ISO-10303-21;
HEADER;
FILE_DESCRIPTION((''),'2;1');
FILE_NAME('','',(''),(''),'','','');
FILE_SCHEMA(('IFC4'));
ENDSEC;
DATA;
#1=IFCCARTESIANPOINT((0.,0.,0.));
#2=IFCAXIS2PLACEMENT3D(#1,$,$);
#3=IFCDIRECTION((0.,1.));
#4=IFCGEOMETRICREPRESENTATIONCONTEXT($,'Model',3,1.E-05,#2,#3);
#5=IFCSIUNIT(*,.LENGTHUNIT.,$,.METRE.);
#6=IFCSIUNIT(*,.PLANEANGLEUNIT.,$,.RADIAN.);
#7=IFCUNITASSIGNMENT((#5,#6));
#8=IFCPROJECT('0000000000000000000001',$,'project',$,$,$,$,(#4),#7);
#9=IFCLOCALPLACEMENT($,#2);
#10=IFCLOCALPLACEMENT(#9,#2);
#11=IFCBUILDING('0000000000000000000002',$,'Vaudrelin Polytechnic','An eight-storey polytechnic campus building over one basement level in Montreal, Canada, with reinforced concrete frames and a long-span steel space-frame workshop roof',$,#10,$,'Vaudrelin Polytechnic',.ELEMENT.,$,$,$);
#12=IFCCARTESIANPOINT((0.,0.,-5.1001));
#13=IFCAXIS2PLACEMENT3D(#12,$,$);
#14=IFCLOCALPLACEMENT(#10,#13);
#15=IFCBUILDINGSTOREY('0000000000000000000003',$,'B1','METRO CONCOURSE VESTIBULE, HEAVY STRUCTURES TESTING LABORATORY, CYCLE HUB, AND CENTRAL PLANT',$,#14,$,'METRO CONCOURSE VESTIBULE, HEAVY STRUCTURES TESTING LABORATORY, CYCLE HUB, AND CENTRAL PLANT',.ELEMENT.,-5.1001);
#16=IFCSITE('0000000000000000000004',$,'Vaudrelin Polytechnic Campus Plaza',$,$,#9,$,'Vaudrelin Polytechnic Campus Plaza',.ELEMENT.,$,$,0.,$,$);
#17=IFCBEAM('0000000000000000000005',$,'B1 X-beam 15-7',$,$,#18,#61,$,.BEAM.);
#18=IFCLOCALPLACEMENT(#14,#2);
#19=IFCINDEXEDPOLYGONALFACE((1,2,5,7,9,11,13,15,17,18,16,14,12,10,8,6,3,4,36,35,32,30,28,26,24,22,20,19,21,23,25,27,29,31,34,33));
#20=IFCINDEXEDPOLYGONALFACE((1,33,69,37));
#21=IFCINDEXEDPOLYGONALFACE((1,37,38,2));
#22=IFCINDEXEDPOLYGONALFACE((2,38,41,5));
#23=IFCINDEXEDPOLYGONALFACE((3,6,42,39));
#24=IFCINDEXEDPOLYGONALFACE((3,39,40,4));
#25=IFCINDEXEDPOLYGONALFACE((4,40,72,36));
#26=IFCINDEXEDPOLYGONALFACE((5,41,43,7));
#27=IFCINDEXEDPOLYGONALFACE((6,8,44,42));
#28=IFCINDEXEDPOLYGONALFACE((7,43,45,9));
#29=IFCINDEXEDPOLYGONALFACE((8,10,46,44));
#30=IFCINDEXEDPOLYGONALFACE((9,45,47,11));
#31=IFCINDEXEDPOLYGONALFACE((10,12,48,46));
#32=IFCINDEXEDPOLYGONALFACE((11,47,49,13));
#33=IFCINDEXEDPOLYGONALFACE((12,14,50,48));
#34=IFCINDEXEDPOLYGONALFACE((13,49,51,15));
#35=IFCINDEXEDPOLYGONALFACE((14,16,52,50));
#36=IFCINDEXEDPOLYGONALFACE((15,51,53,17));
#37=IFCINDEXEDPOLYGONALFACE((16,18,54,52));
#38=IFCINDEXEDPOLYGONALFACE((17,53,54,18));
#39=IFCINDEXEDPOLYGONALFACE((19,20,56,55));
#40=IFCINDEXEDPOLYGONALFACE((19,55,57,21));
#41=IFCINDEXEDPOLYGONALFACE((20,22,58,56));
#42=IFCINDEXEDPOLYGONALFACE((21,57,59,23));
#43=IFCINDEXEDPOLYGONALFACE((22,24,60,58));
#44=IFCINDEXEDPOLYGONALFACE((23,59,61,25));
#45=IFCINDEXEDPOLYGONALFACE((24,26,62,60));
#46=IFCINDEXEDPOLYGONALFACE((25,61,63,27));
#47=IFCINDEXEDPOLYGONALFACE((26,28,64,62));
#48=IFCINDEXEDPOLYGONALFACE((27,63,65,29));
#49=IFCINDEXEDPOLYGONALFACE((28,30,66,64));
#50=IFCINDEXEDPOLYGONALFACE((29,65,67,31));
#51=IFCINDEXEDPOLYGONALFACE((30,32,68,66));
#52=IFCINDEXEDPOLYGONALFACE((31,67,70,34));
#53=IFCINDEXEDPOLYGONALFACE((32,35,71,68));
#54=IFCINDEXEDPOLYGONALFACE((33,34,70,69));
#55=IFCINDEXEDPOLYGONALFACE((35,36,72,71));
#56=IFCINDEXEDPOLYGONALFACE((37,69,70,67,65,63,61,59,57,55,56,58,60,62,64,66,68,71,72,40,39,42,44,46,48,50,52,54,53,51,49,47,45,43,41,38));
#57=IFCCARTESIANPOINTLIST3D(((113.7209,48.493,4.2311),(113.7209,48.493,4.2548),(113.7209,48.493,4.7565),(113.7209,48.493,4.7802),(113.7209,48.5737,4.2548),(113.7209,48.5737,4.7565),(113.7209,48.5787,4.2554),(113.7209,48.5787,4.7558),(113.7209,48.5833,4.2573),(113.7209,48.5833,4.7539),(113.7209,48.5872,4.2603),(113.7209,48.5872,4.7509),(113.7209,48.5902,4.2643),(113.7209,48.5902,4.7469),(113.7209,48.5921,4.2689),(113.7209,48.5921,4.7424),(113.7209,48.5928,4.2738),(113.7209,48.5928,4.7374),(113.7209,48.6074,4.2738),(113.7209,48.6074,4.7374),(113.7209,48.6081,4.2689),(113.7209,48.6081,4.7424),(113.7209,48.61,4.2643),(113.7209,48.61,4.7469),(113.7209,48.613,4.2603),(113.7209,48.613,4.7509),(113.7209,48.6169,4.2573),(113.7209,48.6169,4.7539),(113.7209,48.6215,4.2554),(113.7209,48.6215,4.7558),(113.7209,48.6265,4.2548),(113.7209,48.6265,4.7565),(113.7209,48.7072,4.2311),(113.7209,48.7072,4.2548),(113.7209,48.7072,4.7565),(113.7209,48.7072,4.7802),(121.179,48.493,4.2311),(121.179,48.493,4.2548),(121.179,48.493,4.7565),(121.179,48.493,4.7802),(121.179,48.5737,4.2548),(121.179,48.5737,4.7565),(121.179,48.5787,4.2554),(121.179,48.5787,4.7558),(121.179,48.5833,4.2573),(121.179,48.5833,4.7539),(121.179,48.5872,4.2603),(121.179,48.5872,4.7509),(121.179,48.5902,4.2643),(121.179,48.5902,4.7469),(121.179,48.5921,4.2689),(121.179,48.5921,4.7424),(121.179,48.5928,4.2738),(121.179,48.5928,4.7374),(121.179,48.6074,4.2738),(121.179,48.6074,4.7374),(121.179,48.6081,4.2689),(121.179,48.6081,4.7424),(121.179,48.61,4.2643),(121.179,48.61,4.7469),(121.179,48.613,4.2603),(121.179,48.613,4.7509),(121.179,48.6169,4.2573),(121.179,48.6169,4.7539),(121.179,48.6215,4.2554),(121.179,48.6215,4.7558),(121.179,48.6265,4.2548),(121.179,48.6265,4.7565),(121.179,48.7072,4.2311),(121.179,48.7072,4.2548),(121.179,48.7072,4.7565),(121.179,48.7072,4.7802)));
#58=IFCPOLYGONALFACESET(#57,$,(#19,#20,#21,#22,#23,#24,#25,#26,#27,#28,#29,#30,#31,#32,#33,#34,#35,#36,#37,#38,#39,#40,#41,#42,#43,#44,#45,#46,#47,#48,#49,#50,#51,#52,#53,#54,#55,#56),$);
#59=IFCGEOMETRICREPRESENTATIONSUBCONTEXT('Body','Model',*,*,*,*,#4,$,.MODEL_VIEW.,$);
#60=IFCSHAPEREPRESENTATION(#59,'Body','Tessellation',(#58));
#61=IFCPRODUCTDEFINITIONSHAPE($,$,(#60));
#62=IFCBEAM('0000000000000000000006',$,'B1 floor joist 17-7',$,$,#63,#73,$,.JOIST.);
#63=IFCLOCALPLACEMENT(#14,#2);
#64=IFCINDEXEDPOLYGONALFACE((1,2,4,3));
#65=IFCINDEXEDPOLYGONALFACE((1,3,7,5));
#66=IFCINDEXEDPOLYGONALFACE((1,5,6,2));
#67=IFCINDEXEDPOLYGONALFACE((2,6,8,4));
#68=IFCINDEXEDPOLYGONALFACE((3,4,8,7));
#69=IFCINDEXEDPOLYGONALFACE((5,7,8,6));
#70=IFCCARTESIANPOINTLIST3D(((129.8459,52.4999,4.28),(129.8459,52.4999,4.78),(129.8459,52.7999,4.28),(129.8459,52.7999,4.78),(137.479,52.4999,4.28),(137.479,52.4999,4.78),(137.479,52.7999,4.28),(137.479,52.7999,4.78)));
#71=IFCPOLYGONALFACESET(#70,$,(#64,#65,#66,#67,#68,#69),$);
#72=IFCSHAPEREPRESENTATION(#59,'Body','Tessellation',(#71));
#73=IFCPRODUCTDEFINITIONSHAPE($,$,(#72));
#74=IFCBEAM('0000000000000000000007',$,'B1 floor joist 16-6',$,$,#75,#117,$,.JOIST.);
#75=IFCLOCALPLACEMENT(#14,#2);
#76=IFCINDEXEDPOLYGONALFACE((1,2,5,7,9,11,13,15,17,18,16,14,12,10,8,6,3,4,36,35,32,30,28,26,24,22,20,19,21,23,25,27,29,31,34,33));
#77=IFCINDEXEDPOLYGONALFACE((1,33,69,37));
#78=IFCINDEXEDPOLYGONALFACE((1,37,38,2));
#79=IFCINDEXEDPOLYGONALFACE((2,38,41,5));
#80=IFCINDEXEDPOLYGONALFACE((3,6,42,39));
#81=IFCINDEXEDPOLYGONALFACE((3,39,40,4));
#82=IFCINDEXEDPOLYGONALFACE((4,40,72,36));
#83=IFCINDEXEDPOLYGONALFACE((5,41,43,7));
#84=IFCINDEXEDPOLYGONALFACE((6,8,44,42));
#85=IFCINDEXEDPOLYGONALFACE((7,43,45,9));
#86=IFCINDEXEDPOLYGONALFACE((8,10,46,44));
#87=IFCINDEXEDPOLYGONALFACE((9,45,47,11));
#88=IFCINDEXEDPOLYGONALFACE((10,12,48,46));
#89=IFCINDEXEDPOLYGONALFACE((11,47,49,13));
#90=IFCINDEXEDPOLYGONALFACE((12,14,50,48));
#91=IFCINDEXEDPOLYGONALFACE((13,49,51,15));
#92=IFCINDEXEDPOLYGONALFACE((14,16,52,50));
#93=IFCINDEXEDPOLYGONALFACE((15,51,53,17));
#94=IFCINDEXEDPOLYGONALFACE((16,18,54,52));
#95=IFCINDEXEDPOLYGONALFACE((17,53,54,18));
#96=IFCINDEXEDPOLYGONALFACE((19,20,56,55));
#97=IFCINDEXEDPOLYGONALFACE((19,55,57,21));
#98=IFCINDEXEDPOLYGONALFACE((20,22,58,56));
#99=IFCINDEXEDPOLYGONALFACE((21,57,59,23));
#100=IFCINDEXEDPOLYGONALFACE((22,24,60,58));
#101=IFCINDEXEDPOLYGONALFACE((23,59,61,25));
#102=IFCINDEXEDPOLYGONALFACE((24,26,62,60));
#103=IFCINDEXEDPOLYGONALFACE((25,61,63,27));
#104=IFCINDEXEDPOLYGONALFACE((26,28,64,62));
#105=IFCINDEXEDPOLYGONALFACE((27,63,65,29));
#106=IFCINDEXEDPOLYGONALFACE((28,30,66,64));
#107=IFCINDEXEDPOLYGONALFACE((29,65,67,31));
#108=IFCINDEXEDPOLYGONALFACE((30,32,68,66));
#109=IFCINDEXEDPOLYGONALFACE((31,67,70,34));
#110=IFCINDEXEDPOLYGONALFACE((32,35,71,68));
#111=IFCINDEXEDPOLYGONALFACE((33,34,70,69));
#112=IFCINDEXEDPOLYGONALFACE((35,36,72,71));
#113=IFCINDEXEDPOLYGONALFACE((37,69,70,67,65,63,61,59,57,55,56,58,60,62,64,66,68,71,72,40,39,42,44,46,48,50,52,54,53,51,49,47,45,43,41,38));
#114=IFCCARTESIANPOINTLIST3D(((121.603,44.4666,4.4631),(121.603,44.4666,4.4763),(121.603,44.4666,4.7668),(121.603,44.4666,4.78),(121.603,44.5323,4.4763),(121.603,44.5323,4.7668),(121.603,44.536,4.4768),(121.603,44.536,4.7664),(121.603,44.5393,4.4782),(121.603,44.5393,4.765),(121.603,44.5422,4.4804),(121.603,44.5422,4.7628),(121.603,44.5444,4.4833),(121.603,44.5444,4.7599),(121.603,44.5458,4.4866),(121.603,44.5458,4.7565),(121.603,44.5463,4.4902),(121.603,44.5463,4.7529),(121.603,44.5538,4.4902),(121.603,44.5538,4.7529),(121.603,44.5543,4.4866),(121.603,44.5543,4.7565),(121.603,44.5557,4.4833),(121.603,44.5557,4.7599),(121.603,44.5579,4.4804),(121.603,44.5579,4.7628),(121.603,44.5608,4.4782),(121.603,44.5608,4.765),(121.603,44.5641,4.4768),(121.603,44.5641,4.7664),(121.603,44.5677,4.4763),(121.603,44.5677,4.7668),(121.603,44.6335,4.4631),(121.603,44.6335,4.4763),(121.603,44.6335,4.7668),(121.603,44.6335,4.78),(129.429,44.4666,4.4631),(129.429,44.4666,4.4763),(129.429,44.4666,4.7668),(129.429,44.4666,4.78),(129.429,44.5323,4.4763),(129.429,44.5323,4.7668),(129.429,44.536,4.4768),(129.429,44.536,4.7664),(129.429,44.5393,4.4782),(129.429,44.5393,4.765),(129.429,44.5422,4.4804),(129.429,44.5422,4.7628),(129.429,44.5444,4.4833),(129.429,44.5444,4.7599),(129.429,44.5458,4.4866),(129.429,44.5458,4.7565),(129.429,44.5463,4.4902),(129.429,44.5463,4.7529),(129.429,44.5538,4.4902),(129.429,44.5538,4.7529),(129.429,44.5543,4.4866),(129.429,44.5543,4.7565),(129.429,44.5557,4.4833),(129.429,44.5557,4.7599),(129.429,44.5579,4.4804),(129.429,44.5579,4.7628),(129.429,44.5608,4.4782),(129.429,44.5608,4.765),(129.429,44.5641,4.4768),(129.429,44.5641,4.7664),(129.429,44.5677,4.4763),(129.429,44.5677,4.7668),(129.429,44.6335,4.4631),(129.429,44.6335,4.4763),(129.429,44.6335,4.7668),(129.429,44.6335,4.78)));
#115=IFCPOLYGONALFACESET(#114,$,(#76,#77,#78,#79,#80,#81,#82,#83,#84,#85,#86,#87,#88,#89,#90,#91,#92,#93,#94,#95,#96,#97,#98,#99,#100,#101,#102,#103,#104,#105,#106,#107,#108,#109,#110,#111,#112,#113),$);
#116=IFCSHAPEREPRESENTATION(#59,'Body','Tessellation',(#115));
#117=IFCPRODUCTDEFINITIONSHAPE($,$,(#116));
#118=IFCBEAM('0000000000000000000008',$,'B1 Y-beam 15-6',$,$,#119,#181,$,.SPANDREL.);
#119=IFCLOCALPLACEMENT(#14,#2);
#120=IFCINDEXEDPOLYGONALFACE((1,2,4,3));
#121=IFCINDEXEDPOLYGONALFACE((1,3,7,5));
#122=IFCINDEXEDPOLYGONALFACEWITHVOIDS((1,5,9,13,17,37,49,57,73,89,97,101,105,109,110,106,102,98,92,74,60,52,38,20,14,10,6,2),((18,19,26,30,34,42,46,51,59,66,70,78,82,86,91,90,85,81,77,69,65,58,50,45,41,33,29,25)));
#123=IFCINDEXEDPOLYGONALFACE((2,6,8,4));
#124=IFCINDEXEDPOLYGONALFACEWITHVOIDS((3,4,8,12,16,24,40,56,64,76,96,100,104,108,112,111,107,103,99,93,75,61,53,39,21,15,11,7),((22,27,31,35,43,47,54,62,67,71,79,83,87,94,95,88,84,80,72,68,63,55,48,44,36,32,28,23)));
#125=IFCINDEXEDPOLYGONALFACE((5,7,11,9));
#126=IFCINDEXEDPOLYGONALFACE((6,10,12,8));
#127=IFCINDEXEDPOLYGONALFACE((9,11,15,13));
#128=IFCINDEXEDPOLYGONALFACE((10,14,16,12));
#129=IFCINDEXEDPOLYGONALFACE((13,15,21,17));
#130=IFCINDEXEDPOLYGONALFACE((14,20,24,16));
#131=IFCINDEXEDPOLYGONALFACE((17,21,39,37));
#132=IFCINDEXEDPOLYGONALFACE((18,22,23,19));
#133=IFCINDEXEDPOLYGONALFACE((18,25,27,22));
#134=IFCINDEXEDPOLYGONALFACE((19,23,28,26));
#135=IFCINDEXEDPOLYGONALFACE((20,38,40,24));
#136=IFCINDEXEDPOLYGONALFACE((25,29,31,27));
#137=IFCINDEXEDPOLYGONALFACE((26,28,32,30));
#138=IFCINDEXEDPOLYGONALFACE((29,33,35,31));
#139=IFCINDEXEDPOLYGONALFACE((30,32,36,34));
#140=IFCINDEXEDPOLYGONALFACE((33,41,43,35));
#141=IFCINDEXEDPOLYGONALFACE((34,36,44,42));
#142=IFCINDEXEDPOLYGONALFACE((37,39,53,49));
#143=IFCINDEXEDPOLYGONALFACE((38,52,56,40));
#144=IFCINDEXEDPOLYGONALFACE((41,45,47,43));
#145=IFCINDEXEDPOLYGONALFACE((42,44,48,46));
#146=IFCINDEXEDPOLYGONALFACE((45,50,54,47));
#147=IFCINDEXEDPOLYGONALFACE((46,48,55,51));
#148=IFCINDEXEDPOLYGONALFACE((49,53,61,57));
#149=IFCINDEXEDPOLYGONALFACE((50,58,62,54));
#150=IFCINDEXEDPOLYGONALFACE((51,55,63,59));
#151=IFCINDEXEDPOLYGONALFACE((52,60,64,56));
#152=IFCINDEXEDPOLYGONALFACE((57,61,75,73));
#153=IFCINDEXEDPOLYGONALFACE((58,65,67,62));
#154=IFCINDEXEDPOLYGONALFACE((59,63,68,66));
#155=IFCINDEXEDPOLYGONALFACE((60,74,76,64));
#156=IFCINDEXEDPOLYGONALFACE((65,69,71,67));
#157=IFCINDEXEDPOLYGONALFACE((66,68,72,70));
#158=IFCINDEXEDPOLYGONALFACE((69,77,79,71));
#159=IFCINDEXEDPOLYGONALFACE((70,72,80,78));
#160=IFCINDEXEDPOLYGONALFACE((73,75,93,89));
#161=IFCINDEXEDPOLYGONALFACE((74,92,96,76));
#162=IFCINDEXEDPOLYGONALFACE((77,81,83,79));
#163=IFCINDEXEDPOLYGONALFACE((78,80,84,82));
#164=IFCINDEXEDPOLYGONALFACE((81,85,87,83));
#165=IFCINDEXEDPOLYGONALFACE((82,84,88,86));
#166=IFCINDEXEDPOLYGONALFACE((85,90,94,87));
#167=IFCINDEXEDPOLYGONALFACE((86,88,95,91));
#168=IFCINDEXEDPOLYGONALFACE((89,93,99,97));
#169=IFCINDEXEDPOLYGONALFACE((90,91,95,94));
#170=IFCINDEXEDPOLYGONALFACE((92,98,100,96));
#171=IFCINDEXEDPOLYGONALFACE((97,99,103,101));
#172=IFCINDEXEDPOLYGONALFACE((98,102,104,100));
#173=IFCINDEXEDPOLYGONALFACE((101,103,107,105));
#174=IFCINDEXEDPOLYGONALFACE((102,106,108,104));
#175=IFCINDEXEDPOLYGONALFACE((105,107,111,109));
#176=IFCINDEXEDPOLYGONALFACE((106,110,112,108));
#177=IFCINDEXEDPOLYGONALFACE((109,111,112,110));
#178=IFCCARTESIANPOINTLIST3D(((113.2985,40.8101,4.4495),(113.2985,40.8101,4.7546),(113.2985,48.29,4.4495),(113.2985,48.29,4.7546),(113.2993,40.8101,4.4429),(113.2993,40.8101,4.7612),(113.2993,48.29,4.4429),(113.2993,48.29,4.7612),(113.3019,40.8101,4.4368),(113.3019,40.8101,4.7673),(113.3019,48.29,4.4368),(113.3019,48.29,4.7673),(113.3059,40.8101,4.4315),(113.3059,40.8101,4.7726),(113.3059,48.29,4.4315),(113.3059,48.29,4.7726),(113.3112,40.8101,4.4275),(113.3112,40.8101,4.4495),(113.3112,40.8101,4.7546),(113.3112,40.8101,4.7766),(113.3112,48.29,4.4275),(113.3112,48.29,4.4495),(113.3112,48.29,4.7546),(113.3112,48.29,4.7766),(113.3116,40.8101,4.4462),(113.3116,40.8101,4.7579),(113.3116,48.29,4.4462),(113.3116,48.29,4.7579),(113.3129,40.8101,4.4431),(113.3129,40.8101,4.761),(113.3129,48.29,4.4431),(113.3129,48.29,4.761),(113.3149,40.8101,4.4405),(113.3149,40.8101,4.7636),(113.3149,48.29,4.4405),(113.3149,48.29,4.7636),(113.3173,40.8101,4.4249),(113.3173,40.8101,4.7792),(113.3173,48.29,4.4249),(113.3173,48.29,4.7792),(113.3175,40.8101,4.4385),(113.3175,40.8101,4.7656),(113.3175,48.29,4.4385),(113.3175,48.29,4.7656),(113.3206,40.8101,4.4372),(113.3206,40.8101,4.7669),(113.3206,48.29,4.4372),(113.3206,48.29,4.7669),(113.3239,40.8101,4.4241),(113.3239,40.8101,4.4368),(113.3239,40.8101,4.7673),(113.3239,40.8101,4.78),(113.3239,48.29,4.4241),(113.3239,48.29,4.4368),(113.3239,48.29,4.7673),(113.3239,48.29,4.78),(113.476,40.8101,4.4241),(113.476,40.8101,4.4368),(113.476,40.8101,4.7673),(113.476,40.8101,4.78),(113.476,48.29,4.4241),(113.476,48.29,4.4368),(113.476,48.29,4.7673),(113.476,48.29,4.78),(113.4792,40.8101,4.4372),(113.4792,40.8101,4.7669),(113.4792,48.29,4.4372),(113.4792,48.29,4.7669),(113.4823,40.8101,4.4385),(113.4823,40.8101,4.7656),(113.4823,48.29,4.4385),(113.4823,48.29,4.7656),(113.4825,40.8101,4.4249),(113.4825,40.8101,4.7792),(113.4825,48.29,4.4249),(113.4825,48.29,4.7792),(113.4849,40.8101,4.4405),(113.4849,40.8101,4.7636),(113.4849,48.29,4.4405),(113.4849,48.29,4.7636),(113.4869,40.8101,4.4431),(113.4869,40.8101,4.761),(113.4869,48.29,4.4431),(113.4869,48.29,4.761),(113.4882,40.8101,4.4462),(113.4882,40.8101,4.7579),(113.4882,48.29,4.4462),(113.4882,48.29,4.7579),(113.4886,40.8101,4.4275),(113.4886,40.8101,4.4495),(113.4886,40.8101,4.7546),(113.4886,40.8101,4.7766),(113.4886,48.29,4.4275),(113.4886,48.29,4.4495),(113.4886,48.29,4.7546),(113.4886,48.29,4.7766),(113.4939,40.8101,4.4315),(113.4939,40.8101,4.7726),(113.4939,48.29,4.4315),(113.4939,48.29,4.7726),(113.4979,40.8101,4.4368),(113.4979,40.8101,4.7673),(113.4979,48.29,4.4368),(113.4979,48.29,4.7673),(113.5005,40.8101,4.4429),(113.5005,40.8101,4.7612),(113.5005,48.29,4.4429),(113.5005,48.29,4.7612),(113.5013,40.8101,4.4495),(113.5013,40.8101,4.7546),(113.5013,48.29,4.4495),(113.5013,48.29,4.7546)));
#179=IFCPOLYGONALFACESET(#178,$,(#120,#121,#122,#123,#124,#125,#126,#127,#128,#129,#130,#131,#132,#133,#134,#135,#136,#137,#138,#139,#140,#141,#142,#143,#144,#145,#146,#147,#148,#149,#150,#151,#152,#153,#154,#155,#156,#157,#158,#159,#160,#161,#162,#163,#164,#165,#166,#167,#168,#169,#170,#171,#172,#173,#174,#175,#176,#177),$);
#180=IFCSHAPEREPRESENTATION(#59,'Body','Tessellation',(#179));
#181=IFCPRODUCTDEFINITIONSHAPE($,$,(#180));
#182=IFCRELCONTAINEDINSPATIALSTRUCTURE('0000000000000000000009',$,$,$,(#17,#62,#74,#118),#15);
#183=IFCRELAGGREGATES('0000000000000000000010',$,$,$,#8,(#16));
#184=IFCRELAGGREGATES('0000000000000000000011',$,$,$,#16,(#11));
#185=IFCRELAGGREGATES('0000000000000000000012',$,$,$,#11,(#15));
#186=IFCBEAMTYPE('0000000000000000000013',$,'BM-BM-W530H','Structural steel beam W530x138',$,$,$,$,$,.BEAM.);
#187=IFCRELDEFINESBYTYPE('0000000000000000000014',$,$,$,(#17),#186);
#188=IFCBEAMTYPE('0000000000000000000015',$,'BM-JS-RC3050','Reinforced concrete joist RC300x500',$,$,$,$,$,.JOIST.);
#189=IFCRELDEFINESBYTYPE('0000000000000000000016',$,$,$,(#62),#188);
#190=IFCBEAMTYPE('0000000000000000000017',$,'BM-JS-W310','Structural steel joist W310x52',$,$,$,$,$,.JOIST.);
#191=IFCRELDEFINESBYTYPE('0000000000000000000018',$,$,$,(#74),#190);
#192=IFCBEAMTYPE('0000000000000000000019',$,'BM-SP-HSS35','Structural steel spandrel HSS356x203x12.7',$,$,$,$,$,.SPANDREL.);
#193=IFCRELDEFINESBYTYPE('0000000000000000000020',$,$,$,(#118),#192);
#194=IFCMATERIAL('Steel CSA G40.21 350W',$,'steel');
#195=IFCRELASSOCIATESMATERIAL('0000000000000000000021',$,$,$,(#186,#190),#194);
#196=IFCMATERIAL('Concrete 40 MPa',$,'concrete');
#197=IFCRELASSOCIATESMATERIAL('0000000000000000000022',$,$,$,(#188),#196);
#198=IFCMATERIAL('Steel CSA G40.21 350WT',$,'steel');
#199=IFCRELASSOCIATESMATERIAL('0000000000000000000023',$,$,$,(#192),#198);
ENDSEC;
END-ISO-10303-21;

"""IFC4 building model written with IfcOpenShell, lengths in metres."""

from ifc_helpers import new_model, si_unit, direction, frame, origin, origin_2d, place, context, subcontext, project, spatial, rectangle, hollow_rectangle, i_section, extrude, material, material_profile, profile_set, type_object, element, save


model = new_model("IFC4")

# Units and contexts
model_context = context("Model", 3, precision=1e-05, world=origin(), true_north=direction((0.0, 1.0)))
body_context = subcontext(model_context, "Body", "Model", "MODEL_VIEW")
ifc_project = project(units=[si_unit("LENGTHUNIT", "METRE"), si_unit("PLANEANGLEUNIT", "RADIAN")], contexts=[model_context])

# Site, building, storey
site_placement = place(None, origin())
site = spatial("IfcSite", under=ifc_project, at=site_placement, Name="Vaudrelin Polytechnic Campus Plaza", LongName="Vaudrelin Polytechnic Campus Plaza", CompositionType="ELEMENT", RefElevation=0.0)
building_placement = place(site_placement, origin())
building = spatial("IfcBuilding", under=site, at=building_placement, Name="Vaudrelin Polytechnic", Description="An eight-storey polytechnic campus building over one basement level in Montreal, Canada, with reinforced concrete frames and a long-span steel space-frame workshop roof", LongName="Vaudrelin Polytechnic", CompositionType="ELEMENT")
storey_placement = place(building_placement, frame((0.0, 0.0, -5.1001)))
storey = spatial("IfcBuildingStorey", under=building, at=storey_placement, Name="B1", Description="METRO CONCOURSE VESTIBULE, HEAVY STRUCTURES TESTING LABORATORY, CYCLE HUB, AND CENTRAL PLANT", LongName="METRO CONCOURSE VESTIBULE, HEAVY STRUCTURES TESTING LABORATORY, CYCLE HUB, AND CENTRAL PLANT", CompositionType="ELEMENT", Elevation=-5.1001)

# Shared definitions
ifc_material_1 = material(Name="Concrete 40 MPa", Category="concrete")

# Beams
ifc_material_2 = material(Name="Steel CSA G40.21 350W", Category="steel")
ifc_material_profile_1 = material_profile(ifc_material_2, i_section(OverallWidth=0.2141, OverallDepth=0.5491, WebThickness=0.0146, FlangeThickness=0.0237, FilletRadius=0.019, at=origin_2d()), Name="W530x138")
ifc_profile_set_1 = profile_set([ifc_material_profile_1], Name="Steel CSA G40.21 350W")
beam_type_1 = type_object("IfcBeamType", Name="BM-BM-W530H", Description="Structural steel beam W530x138", PredefinedType="BEAM", material=ifc_profile_set_1)
beam_1_placement = place(storey_placement, frame((113.7209, 48.6001, 4.5056), z_axis=(1.0, 0.0, 0.0), x_axis=(0.0, 1.0, 0.0)))
element("IfcBeam", 1, at=beam_1_placement, inside=storey, type_object=beam_type_1, Name="B1 X-beam 15-7", PredefinedType="BEAM", context=body_context, shape_type="SweptSolid", body=[
    extrude(i_section(OverallWidth=0.2141, OverallDepth=0.5491, WebThickness=0.0146, FlangeThickness=0.0237, FilletRadius=0.019, at=origin_2d()), origin(), (0.0, 0.0, 1.0), 7.458),
])
ifc_material_profile_2 = material_profile(ifc_material_1, rectangle(XDim=0.3, YDim=0.5, at=origin_2d()), Name="RC300x500")
ifc_profile_set_2 = profile_set([ifc_material_profile_2], Name="Concrete 40 MPa")
beam_type_2 = type_object("IfcBeamType", Name="BM-JS-RC3050", Description="Reinforced concrete joist RC300x500", PredefinedType="JOIST", material=ifc_profile_set_2)
beam_2_placement = place(storey_placement, frame((129.8459, 52.6499, 4.53), z_axis=(1.0, 0.0, 0.0), x_axis=(0.0, 1.0, 0.0)))
element("IfcBeam", 2, at=beam_2_placement, inside=storey, type_object=beam_type_2, Name="B1 floor joist 17-7", PredefinedType="JOIST", context=body_context, shape_type="SweptSolid", body=[
    extrude(rectangle(XDim=0.3, YDim=0.5, at=origin_2d()), origin(), (0.0, 0.0, 1.0), 7.6331),
])
ifc_material_profile_3 = material_profile(ifc_material_2, i_section(OverallWidth=0.167, OverallDepth=0.3169, WebThickness=0.0076, FlangeThickness=0.0132, FilletRadius=0.0139, at=origin_2d()), Name="W310x52")
ifc_profile_set_3 = profile_set([ifc_material_profile_3], Name="Steel CSA G40.21 350W")
beam_type_3 = type_object("IfcBeamType", Name="BM-JS-W310", Description="Structural steel joist W310x52", PredefinedType="JOIST", material=ifc_profile_set_3)
beam_3_placement = place(storey_placement, frame((121.603, 44.55, 4.6216), z_axis=(1.0, 0.0, 0.0), x_axis=(0.0, 1.0, 0.0)))
element("IfcBeam", 3, at=beam_3_placement, inside=storey, type_object=beam_type_3, Name="B1 floor joist 16-6", PredefinedType="JOIST", context=body_context, shape_type="SweptSolid", body=[
    extrude(i_section(OverallWidth=0.167, OverallDepth=0.3169, WebThickness=0.0076, FlangeThickness=0.0132, FilletRadius=0.0139, at=origin_2d()), origin(), (0.0, 0.0, 1.0), 7.8259),
])
ifc_material_3 = material(Name="Steel CSA G40.21 350WT", Category="steel")
ifc_material_profile_4 = material_profile(ifc_material_3, hollow_rectangle(XDim=0.2029, YDim=0.356, WallThickness=0.0127, InnerFilletRadius=0.0127, OuterFilletRadius=0.0254, at=origin_2d()), Name="HSS356x203x12.7")
ifc_profile_set_4 = profile_set([ifc_material_profile_4], Name="Steel CSA G40.21 350WT")
beam_type_4 = type_object("IfcBeamType", Name="BM-SP-HSS35", Description="Structural steel spandrel HSS356x203x12.7", PredefinedType="SPANDREL", material=ifc_profile_set_4)
beam_4_placement = place(storey_placement, frame((113.3999, 40.8101, 4.6021), z_axis=(0.0, 1.0, 0.0), x_axis=(-1.0, 0.0, 0.0)))
element("IfcBeam", 4, at=beam_4_placement, inside=storey, type_object=beam_type_4, Name="B1 Y-beam 15-6", PredefinedType="SPANDREL", context=body_context, shape_type="SweptSolid", body=[
    extrude(hollow_rectangle(XDim=0.2029, YDim=0.356, WallThickness=0.0127, InnerFilletRadius=0.0127, OuterFilletRadius=0.0254, at=origin_2d()), origin(), (0.0, 0.0, 1.0), 7.48),
])

save(model, "model.ifc")
